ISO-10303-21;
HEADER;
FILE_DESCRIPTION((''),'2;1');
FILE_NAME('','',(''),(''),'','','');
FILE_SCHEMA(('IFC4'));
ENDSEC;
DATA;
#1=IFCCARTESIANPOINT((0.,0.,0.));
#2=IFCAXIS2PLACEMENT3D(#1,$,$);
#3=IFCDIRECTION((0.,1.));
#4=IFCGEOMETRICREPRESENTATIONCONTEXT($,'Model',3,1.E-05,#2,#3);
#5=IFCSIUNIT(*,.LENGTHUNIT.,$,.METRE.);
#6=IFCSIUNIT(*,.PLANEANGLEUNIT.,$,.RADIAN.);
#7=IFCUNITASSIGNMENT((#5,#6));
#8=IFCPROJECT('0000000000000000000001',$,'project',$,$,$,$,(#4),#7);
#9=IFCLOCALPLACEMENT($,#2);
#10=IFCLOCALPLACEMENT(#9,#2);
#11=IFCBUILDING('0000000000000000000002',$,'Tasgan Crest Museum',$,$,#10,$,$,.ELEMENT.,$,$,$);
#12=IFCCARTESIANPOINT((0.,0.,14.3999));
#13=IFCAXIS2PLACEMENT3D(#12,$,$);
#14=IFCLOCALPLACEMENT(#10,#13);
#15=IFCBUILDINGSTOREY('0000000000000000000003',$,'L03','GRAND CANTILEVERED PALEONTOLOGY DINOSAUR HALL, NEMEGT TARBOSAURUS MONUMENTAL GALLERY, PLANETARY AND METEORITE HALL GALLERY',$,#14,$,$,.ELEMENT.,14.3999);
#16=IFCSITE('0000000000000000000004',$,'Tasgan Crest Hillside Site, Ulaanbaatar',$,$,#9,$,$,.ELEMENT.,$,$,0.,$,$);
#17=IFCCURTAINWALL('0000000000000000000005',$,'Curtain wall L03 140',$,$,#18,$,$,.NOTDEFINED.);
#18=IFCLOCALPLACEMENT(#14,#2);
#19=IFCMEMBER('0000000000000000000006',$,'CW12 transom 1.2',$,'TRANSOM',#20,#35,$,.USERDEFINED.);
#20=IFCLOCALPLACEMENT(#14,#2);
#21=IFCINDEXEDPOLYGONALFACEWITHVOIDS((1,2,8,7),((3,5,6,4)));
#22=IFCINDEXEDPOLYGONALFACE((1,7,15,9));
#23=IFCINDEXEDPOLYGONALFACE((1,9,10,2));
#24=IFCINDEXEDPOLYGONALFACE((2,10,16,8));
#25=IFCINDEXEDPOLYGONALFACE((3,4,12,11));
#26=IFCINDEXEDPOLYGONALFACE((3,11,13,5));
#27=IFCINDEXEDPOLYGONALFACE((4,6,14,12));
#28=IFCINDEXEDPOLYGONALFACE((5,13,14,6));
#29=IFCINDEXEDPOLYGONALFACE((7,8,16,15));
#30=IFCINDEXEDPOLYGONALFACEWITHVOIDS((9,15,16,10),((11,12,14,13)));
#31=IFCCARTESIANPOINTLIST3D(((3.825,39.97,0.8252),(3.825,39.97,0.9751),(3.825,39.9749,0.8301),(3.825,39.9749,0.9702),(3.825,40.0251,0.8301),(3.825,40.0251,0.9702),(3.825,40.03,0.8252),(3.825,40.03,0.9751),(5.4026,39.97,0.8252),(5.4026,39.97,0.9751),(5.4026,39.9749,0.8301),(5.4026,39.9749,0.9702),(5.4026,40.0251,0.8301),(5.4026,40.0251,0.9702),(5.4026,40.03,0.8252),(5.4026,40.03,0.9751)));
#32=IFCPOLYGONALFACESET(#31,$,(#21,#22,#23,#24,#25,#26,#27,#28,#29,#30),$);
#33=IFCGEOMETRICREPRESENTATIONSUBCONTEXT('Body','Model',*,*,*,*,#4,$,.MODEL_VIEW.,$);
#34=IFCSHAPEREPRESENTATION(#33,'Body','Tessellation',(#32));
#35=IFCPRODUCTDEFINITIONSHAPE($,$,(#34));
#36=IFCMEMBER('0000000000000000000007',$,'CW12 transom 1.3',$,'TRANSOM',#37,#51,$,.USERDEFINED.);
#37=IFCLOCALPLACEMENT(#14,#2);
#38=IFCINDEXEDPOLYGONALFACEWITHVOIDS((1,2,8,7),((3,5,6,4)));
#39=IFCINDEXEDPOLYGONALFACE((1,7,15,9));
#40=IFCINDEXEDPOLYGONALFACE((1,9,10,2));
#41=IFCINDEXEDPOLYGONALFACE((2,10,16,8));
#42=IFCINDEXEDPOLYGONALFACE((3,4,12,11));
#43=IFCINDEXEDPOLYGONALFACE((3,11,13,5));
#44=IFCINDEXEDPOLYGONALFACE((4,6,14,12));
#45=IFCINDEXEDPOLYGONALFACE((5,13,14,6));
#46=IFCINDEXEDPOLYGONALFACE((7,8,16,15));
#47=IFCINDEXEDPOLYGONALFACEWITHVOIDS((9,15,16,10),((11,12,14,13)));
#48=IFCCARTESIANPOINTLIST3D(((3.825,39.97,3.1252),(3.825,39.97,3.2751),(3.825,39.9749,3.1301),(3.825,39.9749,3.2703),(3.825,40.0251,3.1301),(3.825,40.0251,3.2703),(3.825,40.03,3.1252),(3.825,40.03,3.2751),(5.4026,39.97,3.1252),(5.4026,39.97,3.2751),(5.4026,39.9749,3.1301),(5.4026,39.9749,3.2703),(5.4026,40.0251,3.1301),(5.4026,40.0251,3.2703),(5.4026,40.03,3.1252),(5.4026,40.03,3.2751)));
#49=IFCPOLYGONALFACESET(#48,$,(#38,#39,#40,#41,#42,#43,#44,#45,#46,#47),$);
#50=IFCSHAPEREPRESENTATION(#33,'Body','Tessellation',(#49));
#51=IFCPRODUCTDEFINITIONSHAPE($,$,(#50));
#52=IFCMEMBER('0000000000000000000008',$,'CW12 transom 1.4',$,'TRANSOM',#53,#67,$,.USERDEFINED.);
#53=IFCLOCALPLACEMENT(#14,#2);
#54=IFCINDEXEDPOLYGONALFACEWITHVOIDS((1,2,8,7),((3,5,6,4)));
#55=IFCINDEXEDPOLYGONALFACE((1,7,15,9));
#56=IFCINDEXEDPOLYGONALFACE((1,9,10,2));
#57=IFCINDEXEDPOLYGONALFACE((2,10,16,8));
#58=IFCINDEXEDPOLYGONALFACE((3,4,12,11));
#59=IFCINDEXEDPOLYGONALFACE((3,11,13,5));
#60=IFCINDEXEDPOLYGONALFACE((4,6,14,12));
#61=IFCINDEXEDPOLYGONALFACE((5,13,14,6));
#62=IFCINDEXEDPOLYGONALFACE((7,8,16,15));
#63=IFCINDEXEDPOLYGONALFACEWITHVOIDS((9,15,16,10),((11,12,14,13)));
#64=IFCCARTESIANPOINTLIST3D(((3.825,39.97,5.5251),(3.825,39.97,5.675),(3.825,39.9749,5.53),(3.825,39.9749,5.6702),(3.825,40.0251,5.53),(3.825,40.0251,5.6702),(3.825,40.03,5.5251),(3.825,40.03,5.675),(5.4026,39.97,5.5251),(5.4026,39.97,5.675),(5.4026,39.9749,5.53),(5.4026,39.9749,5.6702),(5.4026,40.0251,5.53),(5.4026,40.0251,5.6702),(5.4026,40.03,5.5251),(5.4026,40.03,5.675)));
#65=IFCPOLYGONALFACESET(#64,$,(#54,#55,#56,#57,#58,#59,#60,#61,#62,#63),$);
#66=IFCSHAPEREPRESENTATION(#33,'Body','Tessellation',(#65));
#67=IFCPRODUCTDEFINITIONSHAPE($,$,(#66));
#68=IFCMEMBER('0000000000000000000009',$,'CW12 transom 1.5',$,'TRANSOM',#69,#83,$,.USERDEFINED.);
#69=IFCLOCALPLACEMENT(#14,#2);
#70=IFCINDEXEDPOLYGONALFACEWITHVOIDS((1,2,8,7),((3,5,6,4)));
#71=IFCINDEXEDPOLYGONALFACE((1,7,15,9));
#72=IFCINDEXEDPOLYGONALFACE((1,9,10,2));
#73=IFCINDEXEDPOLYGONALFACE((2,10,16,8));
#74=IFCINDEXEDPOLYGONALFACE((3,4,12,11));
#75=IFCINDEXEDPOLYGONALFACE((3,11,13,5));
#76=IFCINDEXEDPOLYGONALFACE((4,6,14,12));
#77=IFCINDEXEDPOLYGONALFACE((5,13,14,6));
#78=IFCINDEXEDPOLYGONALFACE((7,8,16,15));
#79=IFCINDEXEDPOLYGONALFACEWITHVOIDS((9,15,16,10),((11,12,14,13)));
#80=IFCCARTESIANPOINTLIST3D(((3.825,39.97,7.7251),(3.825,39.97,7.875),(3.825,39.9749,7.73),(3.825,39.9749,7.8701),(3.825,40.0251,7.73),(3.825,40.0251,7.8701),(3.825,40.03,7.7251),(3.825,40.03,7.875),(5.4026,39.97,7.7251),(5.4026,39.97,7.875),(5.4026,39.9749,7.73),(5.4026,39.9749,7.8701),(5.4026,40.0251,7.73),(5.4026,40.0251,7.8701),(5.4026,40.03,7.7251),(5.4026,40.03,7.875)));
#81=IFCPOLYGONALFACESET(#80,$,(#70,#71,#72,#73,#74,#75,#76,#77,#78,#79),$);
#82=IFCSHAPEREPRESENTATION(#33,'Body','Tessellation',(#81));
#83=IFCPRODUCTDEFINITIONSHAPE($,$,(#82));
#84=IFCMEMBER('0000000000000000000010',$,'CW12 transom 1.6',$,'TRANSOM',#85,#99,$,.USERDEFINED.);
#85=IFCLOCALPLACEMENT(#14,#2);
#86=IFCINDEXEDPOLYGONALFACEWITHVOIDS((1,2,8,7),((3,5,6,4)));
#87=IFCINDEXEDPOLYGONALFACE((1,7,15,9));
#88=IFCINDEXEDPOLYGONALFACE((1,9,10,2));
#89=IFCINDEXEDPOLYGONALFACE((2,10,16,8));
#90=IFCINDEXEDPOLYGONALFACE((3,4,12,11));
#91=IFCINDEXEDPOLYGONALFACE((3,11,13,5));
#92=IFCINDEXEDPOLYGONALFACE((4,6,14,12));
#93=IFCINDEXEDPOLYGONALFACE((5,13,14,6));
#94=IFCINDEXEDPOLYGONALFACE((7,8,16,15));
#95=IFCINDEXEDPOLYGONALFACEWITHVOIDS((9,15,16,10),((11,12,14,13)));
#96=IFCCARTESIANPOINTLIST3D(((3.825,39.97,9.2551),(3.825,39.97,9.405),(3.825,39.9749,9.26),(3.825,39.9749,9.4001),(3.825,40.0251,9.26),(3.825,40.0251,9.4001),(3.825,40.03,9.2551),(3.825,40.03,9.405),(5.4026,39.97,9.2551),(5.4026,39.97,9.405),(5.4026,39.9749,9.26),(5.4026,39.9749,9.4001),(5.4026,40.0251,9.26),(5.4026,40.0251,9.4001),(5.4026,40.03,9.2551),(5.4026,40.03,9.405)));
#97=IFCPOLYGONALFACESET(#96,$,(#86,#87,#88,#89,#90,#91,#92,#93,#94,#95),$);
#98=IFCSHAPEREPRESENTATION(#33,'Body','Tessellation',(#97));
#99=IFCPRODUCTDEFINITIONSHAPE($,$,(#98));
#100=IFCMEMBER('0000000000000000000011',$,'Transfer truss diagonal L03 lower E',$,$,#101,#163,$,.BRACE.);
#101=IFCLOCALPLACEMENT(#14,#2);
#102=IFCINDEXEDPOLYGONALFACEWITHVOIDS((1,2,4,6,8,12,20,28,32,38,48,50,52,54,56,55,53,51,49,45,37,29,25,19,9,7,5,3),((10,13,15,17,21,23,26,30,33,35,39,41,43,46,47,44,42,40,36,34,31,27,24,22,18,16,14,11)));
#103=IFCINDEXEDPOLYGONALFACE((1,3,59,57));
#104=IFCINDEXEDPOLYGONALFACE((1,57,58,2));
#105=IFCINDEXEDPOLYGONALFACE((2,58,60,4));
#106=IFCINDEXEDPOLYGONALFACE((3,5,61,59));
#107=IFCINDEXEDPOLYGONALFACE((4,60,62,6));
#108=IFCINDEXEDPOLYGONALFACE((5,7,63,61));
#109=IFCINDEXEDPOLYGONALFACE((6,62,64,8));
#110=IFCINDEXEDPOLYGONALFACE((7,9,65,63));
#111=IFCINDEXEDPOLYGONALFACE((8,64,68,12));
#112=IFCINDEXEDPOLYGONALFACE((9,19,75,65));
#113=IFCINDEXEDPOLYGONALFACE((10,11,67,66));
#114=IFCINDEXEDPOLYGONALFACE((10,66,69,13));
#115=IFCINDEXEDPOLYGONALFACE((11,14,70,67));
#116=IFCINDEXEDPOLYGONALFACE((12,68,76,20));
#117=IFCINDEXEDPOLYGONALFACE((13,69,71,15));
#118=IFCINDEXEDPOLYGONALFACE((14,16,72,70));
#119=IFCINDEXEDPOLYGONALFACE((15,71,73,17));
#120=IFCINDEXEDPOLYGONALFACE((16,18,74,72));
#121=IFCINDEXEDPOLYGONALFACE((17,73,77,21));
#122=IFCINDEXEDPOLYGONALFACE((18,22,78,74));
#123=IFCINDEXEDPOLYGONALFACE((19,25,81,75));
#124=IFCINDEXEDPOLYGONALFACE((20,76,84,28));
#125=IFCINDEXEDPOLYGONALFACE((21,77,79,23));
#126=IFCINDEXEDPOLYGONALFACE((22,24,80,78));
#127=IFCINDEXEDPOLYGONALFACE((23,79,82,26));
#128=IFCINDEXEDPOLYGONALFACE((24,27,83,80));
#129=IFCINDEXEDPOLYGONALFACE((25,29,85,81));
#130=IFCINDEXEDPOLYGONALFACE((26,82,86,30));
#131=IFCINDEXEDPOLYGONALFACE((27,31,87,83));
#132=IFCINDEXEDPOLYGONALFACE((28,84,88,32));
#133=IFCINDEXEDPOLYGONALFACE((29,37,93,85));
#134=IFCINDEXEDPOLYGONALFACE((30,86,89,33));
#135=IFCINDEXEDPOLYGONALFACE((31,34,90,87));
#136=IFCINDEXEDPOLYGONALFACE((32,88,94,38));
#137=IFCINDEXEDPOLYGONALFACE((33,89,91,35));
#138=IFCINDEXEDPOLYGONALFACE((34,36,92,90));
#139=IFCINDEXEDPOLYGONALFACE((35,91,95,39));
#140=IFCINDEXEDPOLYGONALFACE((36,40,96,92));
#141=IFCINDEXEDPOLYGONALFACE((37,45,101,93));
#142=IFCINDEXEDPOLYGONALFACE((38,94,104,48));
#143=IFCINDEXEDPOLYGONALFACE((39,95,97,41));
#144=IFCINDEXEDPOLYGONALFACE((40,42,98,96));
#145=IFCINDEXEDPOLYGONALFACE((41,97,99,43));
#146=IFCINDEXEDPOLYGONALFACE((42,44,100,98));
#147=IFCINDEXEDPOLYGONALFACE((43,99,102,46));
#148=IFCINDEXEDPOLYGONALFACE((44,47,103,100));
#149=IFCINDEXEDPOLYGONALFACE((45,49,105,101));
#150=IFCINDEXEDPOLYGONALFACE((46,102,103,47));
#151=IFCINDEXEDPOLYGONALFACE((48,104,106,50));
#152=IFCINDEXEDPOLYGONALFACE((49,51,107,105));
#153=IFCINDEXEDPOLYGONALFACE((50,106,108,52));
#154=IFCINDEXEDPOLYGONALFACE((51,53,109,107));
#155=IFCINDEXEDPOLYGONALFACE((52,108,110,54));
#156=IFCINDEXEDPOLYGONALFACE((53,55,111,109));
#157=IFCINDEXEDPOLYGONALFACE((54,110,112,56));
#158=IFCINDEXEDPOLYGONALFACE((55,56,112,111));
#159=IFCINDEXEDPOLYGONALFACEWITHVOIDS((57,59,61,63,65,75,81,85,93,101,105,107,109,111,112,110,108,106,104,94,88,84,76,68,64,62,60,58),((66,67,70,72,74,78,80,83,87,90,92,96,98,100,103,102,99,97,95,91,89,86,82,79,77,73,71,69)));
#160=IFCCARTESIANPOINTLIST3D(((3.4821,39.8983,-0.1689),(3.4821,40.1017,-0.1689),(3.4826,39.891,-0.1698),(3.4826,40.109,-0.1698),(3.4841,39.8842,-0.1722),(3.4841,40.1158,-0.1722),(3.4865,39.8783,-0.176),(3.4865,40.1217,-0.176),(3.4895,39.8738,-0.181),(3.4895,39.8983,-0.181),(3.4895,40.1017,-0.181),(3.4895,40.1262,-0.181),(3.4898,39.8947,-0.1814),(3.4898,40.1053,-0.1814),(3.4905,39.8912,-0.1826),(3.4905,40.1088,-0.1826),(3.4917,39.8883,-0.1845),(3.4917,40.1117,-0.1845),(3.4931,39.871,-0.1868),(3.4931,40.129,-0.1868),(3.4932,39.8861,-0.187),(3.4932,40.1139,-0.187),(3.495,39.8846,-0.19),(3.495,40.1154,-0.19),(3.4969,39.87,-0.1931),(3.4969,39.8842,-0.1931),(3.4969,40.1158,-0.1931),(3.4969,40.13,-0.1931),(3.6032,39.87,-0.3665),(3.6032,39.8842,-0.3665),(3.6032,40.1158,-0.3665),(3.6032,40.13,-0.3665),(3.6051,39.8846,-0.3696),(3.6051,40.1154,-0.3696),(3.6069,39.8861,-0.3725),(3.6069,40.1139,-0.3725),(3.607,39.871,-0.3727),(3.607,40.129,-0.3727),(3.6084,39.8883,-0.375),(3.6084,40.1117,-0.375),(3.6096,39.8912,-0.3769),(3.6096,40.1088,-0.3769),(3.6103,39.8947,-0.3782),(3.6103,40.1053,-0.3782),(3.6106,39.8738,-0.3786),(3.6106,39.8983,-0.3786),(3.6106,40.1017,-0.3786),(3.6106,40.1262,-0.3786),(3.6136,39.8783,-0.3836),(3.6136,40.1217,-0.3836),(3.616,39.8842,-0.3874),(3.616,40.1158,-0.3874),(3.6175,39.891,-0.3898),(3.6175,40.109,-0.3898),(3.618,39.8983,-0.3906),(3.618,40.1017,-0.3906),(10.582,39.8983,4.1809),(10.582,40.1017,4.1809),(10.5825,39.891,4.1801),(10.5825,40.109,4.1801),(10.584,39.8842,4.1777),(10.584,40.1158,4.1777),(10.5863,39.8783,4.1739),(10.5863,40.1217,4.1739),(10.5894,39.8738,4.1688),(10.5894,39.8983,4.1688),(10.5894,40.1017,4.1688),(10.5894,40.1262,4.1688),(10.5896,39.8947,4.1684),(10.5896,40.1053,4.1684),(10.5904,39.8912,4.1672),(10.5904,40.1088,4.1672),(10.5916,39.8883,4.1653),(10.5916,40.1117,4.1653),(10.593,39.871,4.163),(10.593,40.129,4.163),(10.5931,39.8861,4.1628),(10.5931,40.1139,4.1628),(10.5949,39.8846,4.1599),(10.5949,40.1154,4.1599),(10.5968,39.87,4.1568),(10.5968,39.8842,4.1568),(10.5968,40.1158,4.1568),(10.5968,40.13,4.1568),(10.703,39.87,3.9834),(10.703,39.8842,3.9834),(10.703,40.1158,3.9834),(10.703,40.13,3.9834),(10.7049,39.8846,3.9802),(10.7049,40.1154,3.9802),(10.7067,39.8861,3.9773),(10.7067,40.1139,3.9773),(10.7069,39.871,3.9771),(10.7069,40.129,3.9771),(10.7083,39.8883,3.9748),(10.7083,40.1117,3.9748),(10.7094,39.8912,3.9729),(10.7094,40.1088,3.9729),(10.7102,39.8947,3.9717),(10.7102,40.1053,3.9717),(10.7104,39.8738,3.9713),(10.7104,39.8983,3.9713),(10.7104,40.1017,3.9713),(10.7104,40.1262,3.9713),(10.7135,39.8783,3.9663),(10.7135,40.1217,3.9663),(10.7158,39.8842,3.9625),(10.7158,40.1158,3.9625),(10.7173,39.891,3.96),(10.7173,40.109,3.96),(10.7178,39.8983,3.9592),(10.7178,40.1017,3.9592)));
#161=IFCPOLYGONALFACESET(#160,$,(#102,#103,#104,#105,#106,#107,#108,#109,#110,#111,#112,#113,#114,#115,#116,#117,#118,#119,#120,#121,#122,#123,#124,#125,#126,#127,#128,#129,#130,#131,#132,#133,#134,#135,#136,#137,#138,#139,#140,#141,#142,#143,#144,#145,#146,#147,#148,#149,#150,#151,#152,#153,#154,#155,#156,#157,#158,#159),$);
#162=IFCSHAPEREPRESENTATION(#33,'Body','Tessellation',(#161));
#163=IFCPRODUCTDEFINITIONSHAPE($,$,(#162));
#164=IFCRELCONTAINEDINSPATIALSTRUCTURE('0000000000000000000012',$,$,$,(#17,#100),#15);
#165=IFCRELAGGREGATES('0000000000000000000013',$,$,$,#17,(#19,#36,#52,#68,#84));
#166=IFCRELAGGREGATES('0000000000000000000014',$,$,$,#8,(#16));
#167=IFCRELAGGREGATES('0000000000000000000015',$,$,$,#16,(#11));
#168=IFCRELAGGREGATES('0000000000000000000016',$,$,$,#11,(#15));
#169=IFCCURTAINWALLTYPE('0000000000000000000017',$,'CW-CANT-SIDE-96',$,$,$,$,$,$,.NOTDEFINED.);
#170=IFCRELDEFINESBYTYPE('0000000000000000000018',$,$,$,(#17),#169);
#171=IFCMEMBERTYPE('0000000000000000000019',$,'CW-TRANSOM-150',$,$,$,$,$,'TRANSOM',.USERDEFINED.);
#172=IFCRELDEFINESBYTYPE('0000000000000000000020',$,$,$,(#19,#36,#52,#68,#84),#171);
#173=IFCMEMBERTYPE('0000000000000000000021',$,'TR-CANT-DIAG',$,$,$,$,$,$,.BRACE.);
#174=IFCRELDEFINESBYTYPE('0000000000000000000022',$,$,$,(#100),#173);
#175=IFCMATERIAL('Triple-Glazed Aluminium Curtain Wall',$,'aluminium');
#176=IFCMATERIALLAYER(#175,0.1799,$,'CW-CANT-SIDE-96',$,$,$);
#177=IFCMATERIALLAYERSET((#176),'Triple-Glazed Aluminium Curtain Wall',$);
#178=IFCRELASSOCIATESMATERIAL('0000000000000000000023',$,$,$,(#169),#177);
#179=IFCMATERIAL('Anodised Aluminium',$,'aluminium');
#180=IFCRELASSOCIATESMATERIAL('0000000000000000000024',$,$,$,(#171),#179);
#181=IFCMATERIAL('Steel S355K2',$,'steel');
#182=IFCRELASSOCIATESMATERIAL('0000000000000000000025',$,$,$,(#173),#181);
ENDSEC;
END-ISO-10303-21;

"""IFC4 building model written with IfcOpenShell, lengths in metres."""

from ifc_helpers import new_model, si_unit, direction, frame, origin, origin_2d, place, context, subcontext, project, spatial, hollow_rectangle, extrude, material, layer, layer_set, material_profile, profile_set, type_object, element, aggregate, save


model = new_model("IFC4")

# Units and contexts
model_context = context("Model", 3, precision=1e-05, world=origin(), true_north=direction((0.0, 1.0)))
body_context = subcontext(model_context, "Body", "Model", "MODEL_VIEW")
ifc_project = project(units=[si_unit("LENGTHUNIT", "METRE"), si_unit("PLANEANGLEUNIT", "RADIAN")], contexts=[model_context])

# Site, building, storey
site_placement = place(None, origin())
site = spatial("IfcSite", under=ifc_project, at=site_placement, Name="Tasgan Crest Hillside Site, Ulaanbaatar", CompositionType="ELEMENT", RefElevation=0.0)
building_placement = place(site_placement, origin())
building = spatial("IfcBuilding", under=site, at=building_placement, Name="Tasgan Crest Museum", CompositionType="ELEMENT")
storey_placement = place(building_placement, frame((0.0, 0.0, 14.3999)))
storey = spatial("IfcBuildingStorey", under=building, at=storey_placement, Name="L03", Description="GRAND CANTILEVERED PALEONTOLOGY DINOSAUR HALL, NEMEGT TARBOSAURUS MONUMENTAL GALLERY, PLANETARY AND METEORITE HALL GALLERY", CompositionType="ELEMENT", Elevation=14.3999)

# Curtain wall, members
ifc_material_1 = material(Name="Triple-Glazed Aluminium Curtain Wall", Category="aluminium")
ifc_layer_1 = layer(ifc_material_1, 0.1799, Name="CW-CANT-SIDE-96")
ifc_layer_set_1 = layer_set([ifc_layer_1], Name="Triple-Glazed Aluminium Curtain Wall")
curtain_wall_type = type_object("IfcCurtainWallType", Name="CW-CANT-SIDE-96", PredefinedType="NOTDEFINED", material=ifc_layer_set_1)
curtain_wall_placement = place(storey_placement, origin())
curtain_wall = element("IfcCurtainWall", 1, at=curtain_wall_placement, inside=storey, type_object=curtain_wall_type, Name="Curtain wall L03 140", PredefinedType="NOTDEFINED")
ifc_material_2 = material(Name="Anodised Aluminium", Category="aluminium")
ifc_material_profile_1 = material_profile(ifc_material_2, hollow_rectangle(XDim=0.0601, YDim=0.1499, WallThickness=0.0049, at=origin_2d()), Name="ALU TRANSOM 150x60x5")
ifc_profile_set_1 = profile_set([ifc_material_profile_1], Name="Anodised Aluminium")
member_type_1 = type_object("IfcMemberType", Name="CW-TRANSOM-150", ElementType="TRANSOM", PredefinedType="USERDEFINED", material=ifc_profile_set_1)
member_1_placement = place(storey_placement, frame((3.825, 40.0, 0.9001), z_axis=(1.0, 0.0, 0.0), x_axis=(0.0, 1.0, 0.0)))
member_1 = element("IfcMember", 2, at=member_1_placement, type_object=member_type_1, Name="CW12 transom 1.2", ObjectType="TRANSOM", PredefinedType="USERDEFINED", context=body_context, shape_type="SweptSolid", body=[
    extrude(hollow_rectangle(XDim=0.0601, YDim=0.1499, WallThickness=0.0049, at=origin_2d()), origin(), (0.0, 0.0, 1.0), 1.5776),
])
member_2_placement = place(storey_placement, frame((3.825, 40.0, 3.2002), z_axis=(1.0, 0.0, 0.0), x_axis=(0.0, 1.0, 0.0)))
member_2 = element("IfcMember", 3, at=member_2_placement, type_object=member_type_1, Name="CW12 transom 1.3", ObjectType="TRANSOM", PredefinedType="USERDEFINED", context=body_context, shape_type="SweptSolid", body=[
    extrude(hollow_rectangle(XDim=0.0601, YDim=0.1499, WallThickness=0.0049, at=origin_2d()), origin(), (0.0, 0.0, 1.0), 1.5776),
])
member_3_placement = place(storey_placement, frame((3.825, 40.0, 5.6001), z_axis=(1.0, 0.0, 0.0), x_axis=(0.0, 1.0, 0.0)))
member_3 = element("IfcMember", 4, at=member_3_placement, type_object=member_type_1, Name="CW12 transom 1.4", ObjectType="TRANSOM", PredefinedType="USERDEFINED", context=body_context, shape_type="SweptSolid", body=[
    extrude(hollow_rectangle(XDim=0.0601, YDim=0.1499, WallThickness=0.0049, at=origin_2d()), origin(), (0.0, 0.0, 1.0), 1.5776),
])
member_4_placement = place(storey_placement, frame((3.825, 40.0, 7.8), z_axis=(1.0, 0.0, 0.0), x_axis=(0.0, 1.0, 0.0)))
member_4 = element("IfcMember", 5, at=member_4_placement, type_object=member_type_1, Name="CW12 transom 1.5", ObjectType="TRANSOM", PredefinedType="USERDEFINED", context=body_context, shape_type="SweptSolid", body=[
    extrude(hollow_rectangle(XDim=0.0601, YDim=0.1499, WallThickness=0.0049, at=origin_2d()), origin(), (0.0, 0.0, 1.0), 1.5776),
])
member_5_placement = place(storey_placement, frame((3.825, 40.0, 9.3301), z_axis=(1.0, 0.0, 0.0), x_axis=(0.0, 1.0, 0.0)))
member_5 = element("IfcMember", 6, at=member_5_placement, type_object=member_type_1, Name="CW12 transom 1.6", ObjectType="TRANSOM", PredefinedType="USERDEFINED", context=body_context, shape_type="SweptSolid", body=[
    extrude(hollow_rectangle(XDim=0.0601, YDim=0.1499, WallThickness=0.0049, at=origin_2d()), origin(), (0.0, 0.0, 1.0), 1.5776),
])

# Member
ifc_material_3 = material(Name="Steel S355K2", Category="steel")
ifc_material_profile_2 = material_profile(ifc_material_3, hollow_rectangle(XDim=0.26, YDim=0.26, WallThickness=0.0142, InnerFilletRadius=0.0142, OuterFilletRadius=0.0283, at=origin_2d()), Name="SHS 260x260x14.2")
ifc_profile_set_2 = profile_set([ifc_material_profile_2], Name="Steel S355K2")
member_type_2 = type_object("IfcMemberType", Name="TR-CANT-DIAG", PredefinedType="BRACE", material=ifc_profile_set_2)
member_6_placement = place(storey_placement, frame((3.55, 40.0, -0.2798), z_axis=(0.852691, 0.0, 0.522416), x_axis=(0.0, 1.0, 0.0)))
element("IfcMember", 7, at=member_6_placement, inside=storey, type_object=member_type_2, Name="Transfer truss diagonal L03 lower E", PredefinedType="BRACE", context=body_context, shape_type="SweptSolid", body=[
    extrude(hollow_rectangle(XDim=0.26, YDim=0.26, WallThickness=0.0142, InnerFilletRadius=0.0142, OuterFilletRadius=0.0283, at=origin_2d()), origin(), (0.0, 0.0, 1.0), 8.3264),
])

aggregate(curtain_wall, [member_1, member_2, member_3, member_4, member_5])

save(model, "model.ifc")
